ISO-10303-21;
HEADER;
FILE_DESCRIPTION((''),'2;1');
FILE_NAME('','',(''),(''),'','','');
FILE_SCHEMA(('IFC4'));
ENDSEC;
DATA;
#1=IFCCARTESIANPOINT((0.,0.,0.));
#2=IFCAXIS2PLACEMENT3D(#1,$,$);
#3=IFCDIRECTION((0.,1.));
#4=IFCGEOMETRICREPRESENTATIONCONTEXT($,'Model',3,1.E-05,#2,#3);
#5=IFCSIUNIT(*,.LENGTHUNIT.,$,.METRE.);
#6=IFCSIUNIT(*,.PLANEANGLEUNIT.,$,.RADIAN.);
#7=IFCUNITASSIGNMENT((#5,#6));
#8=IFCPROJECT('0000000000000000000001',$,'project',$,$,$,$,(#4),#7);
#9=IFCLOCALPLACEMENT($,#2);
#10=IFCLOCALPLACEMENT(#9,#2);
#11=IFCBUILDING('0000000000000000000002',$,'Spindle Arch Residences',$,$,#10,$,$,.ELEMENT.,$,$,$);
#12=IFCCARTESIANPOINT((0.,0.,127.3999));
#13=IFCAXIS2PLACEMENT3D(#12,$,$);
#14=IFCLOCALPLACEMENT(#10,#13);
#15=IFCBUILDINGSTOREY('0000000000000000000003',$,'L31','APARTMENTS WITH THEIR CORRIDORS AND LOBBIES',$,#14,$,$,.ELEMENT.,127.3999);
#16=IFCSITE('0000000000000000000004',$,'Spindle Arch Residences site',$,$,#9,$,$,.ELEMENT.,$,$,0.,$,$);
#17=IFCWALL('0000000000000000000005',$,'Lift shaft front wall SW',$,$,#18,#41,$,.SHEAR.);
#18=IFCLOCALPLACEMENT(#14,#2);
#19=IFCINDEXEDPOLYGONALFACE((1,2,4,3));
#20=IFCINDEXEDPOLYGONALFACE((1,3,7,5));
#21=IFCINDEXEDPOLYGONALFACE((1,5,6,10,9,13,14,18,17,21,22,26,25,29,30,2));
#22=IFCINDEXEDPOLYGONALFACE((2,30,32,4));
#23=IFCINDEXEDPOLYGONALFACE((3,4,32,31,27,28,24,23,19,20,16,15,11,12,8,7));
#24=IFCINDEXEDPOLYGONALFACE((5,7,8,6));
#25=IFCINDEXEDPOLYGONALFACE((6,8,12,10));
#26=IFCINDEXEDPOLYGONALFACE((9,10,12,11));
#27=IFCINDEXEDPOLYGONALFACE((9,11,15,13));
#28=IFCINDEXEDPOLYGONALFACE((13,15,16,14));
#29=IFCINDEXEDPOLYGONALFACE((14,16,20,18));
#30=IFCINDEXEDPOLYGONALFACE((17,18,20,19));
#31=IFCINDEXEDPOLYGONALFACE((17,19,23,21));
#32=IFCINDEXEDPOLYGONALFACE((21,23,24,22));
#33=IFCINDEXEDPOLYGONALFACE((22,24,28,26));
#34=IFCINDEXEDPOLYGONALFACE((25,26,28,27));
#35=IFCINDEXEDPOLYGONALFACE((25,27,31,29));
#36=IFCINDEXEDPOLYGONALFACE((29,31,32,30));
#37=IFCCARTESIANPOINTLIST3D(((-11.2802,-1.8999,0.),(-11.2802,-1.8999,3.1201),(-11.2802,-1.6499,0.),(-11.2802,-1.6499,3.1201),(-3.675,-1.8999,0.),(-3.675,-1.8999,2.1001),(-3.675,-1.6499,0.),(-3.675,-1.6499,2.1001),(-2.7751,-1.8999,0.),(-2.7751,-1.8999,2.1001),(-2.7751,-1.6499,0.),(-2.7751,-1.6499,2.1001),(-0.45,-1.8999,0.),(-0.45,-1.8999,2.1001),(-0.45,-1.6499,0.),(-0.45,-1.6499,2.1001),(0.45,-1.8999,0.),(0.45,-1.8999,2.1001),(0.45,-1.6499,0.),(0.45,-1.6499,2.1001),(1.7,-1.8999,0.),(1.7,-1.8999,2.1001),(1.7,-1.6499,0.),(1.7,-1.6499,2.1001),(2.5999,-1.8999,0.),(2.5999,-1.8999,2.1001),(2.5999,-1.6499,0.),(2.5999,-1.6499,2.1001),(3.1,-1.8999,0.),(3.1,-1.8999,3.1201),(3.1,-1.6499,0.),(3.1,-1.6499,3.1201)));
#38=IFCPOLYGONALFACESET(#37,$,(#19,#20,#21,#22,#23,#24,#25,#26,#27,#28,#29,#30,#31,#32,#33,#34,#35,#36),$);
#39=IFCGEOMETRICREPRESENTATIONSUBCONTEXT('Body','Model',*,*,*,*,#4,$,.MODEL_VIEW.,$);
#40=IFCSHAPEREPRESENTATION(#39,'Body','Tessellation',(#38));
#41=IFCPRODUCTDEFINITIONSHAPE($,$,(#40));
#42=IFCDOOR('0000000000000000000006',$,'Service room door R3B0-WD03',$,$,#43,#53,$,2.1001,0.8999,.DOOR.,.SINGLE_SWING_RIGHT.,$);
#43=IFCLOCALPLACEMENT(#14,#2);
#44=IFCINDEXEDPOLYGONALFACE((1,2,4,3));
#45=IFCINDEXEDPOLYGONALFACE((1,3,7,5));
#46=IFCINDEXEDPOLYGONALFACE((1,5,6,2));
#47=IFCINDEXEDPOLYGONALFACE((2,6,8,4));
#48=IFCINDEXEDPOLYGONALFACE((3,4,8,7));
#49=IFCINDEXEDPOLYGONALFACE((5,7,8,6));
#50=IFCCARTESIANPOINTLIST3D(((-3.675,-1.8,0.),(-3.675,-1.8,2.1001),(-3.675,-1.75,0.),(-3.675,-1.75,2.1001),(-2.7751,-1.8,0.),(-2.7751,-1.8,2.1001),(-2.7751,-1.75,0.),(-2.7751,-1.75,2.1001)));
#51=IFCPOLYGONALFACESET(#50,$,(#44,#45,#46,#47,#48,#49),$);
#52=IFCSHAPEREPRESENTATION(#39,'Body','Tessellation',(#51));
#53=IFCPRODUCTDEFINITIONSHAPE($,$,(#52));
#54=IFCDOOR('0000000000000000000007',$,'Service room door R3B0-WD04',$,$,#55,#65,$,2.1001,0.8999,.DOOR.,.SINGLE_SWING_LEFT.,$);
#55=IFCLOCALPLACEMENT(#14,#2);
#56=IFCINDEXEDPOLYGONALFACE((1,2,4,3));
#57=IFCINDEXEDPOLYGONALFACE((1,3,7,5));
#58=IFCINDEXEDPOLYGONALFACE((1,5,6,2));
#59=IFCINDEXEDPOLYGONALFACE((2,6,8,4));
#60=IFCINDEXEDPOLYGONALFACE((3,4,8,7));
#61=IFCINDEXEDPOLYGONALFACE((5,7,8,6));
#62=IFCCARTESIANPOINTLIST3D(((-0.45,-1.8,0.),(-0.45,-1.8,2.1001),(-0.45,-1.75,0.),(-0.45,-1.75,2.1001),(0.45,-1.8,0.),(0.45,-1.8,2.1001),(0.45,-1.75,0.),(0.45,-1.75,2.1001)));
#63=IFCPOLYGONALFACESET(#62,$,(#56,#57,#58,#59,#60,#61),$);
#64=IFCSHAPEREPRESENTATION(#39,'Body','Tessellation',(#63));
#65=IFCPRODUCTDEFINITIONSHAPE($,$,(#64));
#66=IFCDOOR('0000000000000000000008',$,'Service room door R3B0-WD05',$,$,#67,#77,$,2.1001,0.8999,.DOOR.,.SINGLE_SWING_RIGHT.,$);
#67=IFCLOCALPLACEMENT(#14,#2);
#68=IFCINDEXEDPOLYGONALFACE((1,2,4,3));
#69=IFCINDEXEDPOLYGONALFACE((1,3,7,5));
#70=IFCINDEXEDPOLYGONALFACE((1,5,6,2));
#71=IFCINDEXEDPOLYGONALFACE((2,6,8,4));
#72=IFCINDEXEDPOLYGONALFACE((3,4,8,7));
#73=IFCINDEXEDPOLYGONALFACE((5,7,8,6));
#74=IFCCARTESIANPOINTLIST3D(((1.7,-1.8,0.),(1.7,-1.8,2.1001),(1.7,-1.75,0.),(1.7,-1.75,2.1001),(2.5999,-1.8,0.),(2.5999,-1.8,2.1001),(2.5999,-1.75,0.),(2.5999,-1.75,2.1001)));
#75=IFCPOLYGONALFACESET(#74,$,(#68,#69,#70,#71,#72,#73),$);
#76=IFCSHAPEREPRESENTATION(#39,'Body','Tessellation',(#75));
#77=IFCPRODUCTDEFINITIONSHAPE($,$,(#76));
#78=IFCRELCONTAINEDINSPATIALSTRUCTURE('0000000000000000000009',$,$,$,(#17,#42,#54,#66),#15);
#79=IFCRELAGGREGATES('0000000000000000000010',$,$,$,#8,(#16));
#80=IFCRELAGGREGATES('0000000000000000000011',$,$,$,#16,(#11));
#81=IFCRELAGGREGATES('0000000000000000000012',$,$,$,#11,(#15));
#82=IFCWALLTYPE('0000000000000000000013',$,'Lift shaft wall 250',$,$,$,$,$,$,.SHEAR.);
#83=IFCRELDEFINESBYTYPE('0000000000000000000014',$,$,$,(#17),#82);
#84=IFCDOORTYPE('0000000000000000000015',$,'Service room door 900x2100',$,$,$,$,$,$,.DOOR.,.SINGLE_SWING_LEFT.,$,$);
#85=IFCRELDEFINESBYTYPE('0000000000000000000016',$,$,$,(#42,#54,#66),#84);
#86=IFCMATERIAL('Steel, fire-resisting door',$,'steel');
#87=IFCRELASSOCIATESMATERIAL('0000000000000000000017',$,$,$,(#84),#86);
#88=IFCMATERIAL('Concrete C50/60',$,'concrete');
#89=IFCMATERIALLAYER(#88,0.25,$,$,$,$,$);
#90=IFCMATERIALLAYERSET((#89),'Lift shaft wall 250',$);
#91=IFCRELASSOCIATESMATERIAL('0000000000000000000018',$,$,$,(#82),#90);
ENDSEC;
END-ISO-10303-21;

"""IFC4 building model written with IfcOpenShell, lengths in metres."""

from ifc_helpers import new_model, si_unit, direction, frame, frame_2d, origin, place, context, subcontext, project, spatial, rectangle, extrude, material, layer, layer_set, type_object, element, fill, save


model = new_model("IFC4")

# Units and contexts
model_context = context("Model", 3, precision=1e-05, world=origin(), true_north=direction((0.0, 1.0)))
body_context = subcontext(model_context, "Body", "Model", "MODEL_VIEW")
ifc_project = project(units=[si_unit("LENGTHUNIT", "METRE"), si_unit("PLANEANGLEUNIT", "RADIAN")], contexts=[model_context])

# Site, building, storey
site_placement = place(None, origin())
site = spatial("IfcSite", under=ifc_project, at=site_placement, Name="Spindle Arch Residences site", CompositionType="ELEMENT", RefElevation=0.0)
building_placement = place(site_placement, origin())
building = spatial("IfcBuilding", under=site, at=building_placement, Name="Spindle Arch Residences", CompositionType="ELEMENT")
storey_placement = place(building_placement, frame((0.0, 0.0, 127.3999)))
storey = spatial("IfcBuildingStorey", under=building, at=storey_placement, Name="L31", Description="APARTMENTS WITH THEIR CORRIDORS AND LOBBIES", CompositionType="ELEMENT", Elevation=127.3999)

# Shared definitions
ifc_material_1 = material(Name="Steel, fire-resisting door", Category="steel")
door_type_1 = type_object("IfcDoorType", Name="Service room door 900x2100", OperationType="SINGLE_SWING_LEFT", PredefinedType="DOOR", material=ifc_material_1)

# Wall, openings, doors
ifc_material_2 = material(Name="Concrete C50/60", Category="concrete")
ifc_layer_1 = layer(ifc_material_2, 0.25)
ifc_layer_set_1 = layer_set([ifc_layer_1], Name="Lift shaft wall 250")
wall_type_1 = type_object("IfcWallType", Name="Lift shaft wall 250", PredefinedType="SHEAR", material=ifc_layer_set_1)
wall_1_placement = place(storey_placement, frame((-11.28, -1.7749, 0.0), z_axis=(0.0, 0.0, 1.0), x_axis=(1.0, 0.0, 0.0)))
wall_1 = element("IfcWall", 1, at=wall_1_placement, inside=storey, type_object=wall_type_1, Name="Lift shaft front wall SW", PredefinedType="SHEAR", context=body_context, shape_type="SweptSolid", body=[
    extrude(rectangle(XDim=14.3801, YDim=0.25, at=frame_2d((7.1899, 0.0))), origin(), (0.0, 0.0, 1.0), 3.1201),
])
opening_1_placement = place(wall_1_placement, frame((7.605, 0.0, 0.0)))
opening_1 = element("IfcOpeningElement", 2, at=opening_1_placement, cuts=wall_1, PredefinedType="OPENING", context=body_context, shape_type="SweptSolid", body=[
    extrude(rectangle(XDim=0.8999, YDim=2.1001, at=frame_2d((0.45, 1.05))), frame((0.0, 0.135, 0.0), z_axis=(0.0, -1.0, 0.0), x_axis=(1.0, 0.0, 0.0)), (0.0, 0.0, 1.0), 0.27),
])
opening_2_placement = place(wall_1_placement, frame((10.8301, 0.0, 0.0)))
opening_2 = element("IfcOpeningElement", 3, at=opening_2_placement, cuts=wall_1, PredefinedType="OPENING", context=body_context, shape_type="SweptSolid", body=[
    extrude(rectangle(XDim=0.8999, YDim=2.1001, at=frame_2d((0.45, 1.05))), frame((0.0, 0.135, 0.0), z_axis=(0.0, -1.0, 0.0), x_axis=(1.0, 0.0, 0.0)), (0.0, 0.0, 1.0), 0.27),
])
opening_3_placement = place(wall_1_placement, frame((12.98, 0.0, 0.0)))
opening_3 = element("IfcOpeningElement", 4, at=opening_3_placement, cuts=wall_1, PredefinedType="OPENING", context=body_context, shape_type="SweptSolid", body=[
    extrude(rectangle(XDim=0.8999, YDim=2.1001, at=frame_2d((0.45, 1.05))), frame((0.0, 0.135, 0.0), z_axis=(0.0, -1.0, 0.0), x_axis=(1.0, 0.0, 0.0)), (0.0, 0.0, 1.0), 0.27),
])
door_1_placement = place(opening_1_placement, origin())
door_1 = element("IfcDoor", 5, at=door_1_placement, inside=storey, type_object=door_type_1, Name="Service room door R3B0-WD03", OperationType="SINGLE_SWING_RIGHT", OverallHeight=2.1001, OverallWidth=0.8999, PredefinedType="DOOR", context=body_context, shape_type="SweptSolid", body=[
    extrude(rectangle(XDim=0.8999, YDim=2.1001, at=frame_2d((0.45, 1.05))), frame((0.0, 0.0249, 0.0), z_axis=(0.0, -1.0, 0.0), x_axis=(1.0, 0.0, 0.0)), (0.0, 0.0, 1.0), 0.05),
])
fill(opening_1, door_1)
door_2_placement = place(opening_2_placement, origin())
door_2 = element("IfcDoor", 6, at=door_2_placement, inside=storey, type_object=door_type_1, Name="Service room door R3B0-WD04", OperationType="SINGLE_SWING_LEFT", OverallHeight=2.1001, OverallWidth=0.8999, PredefinedType="DOOR", context=body_context, shape_type="SweptSolid", body=[
    extrude(rectangle(XDim=0.8999, YDim=2.1001, at=frame_2d((0.45, 1.05))), frame((0.0, 0.0249, 0.0), z_axis=(0.0, -1.0, 0.0), x_axis=(1.0, 0.0, 0.0)), (0.0, 0.0, 1.0), 0.05),
])
fill(opening_2, door_2)
door_3_placement = place(opening_3_placement, origin())
door_3 = element("IfcDoor", 7, at=door_3_placement, inside=storey, type_object=door_type_1, Name="Service room door R3B0-WD05", OperationType="SINGLE_SWING_RIGHT", OverallHeight=2.1001, OverallWidth=0.8999, PredefinedType="DOOR", context=body_context, shape_type="SweptSolid", body=[
    extrude(rectangle(XDim=0.8999, YDim=2.1001, at=frame_2d((0.45, 1.05))), frame((0.0, 0.0249, 0.0), z_axis=(0.0, -1.0, 0.0), x_axis=(1.0, 0.0, 0.0)), (0.0, 0.0, 1.0), 0.05),
])
fill(opening_3, door_3)

save(model, "model.ifc")
